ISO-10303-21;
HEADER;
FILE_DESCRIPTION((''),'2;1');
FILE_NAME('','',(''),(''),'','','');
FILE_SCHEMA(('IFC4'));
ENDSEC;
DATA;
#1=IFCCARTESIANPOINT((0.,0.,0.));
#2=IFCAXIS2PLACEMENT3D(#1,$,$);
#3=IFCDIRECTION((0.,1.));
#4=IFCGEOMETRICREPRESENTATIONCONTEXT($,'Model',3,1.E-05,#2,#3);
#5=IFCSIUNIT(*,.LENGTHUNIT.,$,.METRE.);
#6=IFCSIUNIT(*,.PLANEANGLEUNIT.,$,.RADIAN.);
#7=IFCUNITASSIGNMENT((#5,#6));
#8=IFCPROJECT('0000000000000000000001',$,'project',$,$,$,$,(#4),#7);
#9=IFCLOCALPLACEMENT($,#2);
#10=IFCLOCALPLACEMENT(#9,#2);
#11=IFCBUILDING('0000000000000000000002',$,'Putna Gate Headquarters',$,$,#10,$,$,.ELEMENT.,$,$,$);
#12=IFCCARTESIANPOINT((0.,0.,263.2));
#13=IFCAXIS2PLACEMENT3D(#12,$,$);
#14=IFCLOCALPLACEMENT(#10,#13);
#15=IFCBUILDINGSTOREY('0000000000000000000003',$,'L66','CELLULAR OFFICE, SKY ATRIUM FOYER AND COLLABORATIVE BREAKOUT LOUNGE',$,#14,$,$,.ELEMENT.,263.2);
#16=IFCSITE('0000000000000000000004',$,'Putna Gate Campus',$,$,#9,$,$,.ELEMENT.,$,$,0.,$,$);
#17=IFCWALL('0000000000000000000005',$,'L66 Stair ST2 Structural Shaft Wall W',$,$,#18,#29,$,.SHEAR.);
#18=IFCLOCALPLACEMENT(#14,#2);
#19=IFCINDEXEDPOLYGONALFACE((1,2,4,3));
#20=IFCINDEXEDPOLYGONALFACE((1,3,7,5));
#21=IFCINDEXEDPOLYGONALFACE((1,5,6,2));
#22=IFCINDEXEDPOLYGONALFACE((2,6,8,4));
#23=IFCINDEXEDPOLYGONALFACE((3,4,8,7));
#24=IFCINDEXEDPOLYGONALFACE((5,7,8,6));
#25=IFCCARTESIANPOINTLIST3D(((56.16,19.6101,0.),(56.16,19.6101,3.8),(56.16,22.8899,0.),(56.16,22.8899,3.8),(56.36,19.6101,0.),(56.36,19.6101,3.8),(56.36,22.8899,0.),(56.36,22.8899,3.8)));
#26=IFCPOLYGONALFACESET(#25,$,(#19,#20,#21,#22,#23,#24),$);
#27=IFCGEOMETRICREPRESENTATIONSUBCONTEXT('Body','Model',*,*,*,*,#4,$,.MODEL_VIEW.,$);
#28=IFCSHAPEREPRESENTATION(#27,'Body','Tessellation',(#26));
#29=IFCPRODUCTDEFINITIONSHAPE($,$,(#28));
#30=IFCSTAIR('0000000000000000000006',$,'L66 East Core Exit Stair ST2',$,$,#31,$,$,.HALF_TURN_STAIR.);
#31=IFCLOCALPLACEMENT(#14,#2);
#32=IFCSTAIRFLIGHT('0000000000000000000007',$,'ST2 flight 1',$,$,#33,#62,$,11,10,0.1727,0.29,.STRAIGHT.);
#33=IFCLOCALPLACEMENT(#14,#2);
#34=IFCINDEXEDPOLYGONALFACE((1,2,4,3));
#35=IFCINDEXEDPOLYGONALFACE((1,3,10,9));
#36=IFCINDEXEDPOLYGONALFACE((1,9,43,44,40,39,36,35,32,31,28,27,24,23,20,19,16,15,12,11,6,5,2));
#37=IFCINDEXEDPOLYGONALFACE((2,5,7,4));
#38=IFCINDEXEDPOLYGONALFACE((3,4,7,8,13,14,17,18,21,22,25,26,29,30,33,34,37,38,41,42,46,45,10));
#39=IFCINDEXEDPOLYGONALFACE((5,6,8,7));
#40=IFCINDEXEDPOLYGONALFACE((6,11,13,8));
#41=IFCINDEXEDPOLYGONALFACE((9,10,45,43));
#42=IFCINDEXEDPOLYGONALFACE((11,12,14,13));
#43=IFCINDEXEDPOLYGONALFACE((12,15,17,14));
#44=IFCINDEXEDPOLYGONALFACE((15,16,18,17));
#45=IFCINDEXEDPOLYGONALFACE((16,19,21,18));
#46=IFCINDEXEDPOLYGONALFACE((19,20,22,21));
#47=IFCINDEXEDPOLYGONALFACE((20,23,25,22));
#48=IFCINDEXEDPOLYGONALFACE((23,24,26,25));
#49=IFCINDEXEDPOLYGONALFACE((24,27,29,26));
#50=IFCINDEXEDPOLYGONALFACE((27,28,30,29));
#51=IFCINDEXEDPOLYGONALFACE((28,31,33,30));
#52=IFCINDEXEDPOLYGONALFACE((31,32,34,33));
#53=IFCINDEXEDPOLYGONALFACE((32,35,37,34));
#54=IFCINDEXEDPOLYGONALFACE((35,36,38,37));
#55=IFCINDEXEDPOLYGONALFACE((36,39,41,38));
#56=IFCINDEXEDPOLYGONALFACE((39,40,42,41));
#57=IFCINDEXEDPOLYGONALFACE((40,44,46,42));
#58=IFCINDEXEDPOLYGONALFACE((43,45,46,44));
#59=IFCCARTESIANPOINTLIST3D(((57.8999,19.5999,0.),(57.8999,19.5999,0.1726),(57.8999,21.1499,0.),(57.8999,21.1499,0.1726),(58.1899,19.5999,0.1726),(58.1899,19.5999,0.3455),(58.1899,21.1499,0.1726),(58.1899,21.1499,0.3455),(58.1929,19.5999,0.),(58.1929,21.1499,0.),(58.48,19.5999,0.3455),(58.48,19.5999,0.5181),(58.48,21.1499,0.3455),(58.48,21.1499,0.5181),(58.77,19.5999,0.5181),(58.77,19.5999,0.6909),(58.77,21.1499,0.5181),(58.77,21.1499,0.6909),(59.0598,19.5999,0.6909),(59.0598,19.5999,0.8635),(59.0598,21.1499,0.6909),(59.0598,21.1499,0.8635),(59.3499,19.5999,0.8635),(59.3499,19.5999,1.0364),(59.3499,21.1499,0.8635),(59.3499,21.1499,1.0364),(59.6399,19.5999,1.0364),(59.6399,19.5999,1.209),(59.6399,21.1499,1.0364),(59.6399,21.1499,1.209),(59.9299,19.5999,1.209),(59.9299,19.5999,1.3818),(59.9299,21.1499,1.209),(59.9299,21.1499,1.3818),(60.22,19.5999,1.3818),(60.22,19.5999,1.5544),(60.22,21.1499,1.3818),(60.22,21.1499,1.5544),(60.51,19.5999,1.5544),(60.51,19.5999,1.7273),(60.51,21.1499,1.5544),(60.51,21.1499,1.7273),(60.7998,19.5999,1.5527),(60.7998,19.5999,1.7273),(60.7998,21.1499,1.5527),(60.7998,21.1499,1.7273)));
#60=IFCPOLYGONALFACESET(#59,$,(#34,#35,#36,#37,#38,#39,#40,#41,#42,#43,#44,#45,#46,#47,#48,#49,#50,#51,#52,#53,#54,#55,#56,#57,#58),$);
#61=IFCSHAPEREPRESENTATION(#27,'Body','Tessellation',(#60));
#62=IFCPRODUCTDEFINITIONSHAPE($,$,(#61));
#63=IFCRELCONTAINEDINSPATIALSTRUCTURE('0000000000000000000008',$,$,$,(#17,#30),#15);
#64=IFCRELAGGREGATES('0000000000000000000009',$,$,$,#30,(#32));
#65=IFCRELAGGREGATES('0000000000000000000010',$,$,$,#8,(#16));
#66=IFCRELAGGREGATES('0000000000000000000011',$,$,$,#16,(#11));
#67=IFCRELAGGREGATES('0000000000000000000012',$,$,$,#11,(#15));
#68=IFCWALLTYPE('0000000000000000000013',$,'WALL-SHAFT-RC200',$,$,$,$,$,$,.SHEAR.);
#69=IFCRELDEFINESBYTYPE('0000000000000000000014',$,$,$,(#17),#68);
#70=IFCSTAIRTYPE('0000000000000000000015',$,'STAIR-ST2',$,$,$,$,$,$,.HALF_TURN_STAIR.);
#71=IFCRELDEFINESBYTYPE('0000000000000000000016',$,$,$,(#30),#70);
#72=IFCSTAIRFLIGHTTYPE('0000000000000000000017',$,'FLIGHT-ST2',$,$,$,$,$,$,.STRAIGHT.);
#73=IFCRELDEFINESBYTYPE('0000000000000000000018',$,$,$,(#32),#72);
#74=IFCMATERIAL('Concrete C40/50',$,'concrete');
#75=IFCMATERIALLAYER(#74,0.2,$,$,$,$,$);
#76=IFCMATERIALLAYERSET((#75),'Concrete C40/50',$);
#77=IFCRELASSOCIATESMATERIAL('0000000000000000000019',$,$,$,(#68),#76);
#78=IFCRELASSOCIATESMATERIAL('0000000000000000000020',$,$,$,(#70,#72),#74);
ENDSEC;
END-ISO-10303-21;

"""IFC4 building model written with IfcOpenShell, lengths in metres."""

from ifc_helpers import new_model, si_unit, direction, frame, frame_2d, origin, place, context, subcontext, project, spatial, polyline, rectangle, outline, extrude, material, layer, layer_set, type_object, element, aggregate, save


model = new_model("IFC4")

# Units and contexts
model_context = context("Model", 3, precision=1e-05, world=origin(), true_north=direction((0.0, 1.0)))
body_context = subcontext(model_context, "Body", "Model", "MODEL_VIEW")
ifc_project = project(units=[si_unit("LENGTHUNIT", "METRE"), si_unit("PLANEANGLEUNIT", "RADIAN")], contexts=[model_context])

# Site, building, storey
site_placement = place(None, origin())
site = spatial("IfcSite", under=ifc_project, at=site_placement, Name="Putna Gate Campus", CompositionType="ELEMENT", RefElevation=0.0)
building_placement = place(site_placement, origin())
building = spatial("IfcBuilding", under=site, at=building_placement, Name="Putna Gate Headquarters", CompositionType="ELEMENT")
storey_placement = place(building_placement, frame((0.0, 0.0, 263.2)))
storey = spatial("IfcBuildingStorey", under=building, at=storey_placement, Name="L66", Description="CELLULAR OFFICE, SKY ATRIUM FOYER AND COLLABORATIVE BREAKOUT LOUNGE", CompositionType="ELEMENT", Elevation=263.2)

# Shared definitions
ifc_material_1 = material(Name="Concrete C40/50", Category="concrete")

# Shared definitions
ifc_layer_1 = layer(ifc_material_1, 0.2)
ifc_layer_set_1 = layer_set([ifc_layer_1], Name="Concrete C40/50")
wall_type_1 = type_object("IfcWallType", Name="WALL-SHAFT-RC200", PredefinedType="SHEAR", material=ifc_layer_set_1)

# Wall
wall_1_placement = place(storey_placement, frame((56.26, 19.6101, 0.0), z_axis=(0.0, 0.0, 1.0), x_axis=(0.0, 1.0, 0.0)))
element("IfcWall", 1, at=wall_1_placement, inside=storey, type_object=wall_type_1, Name="L66 Stair ST2 Structural Shaft Wall W", PredefinedType="SHEAR", context=body_context, shape_type="SweptSolid", body=[
    extrude(rectangle(XDim=3.2798, YDim=0.2, at=frame_2d((1.6399, 0.0))), origin(), (0.0, 0.0, 1.0), 3.8),
])

# Stair, stair flight
stair_type = type_object("IfcStairType", Name="STAIR-ST2", PredefinedType="HALF_TURN_STAIR", material=ifc_material_1)
stair_placement = place(storey_placement, origin())
stair = element("IfcStair", 2, at=stair_placement, inside=storey, type_object=stair_type, Name="L66 East Core Exit Stair ST2", PredefinedType="HALF_TURN_STAIR")
stair_flight_type = type_object("IfcStairFlightType", Name="FLIGHT-ST2", PredefinedType="STRAIGHT", material=ifc_material_1)
stair_flight_placement = place(storey_placement, frame((57.8999, 20.375, 0.0), z_axis=(0.0, 0.0, 1.0), x_axis=(1.0, 0.0, 0.0)))
stair_flight = element("IfcStairFlight", 3, at=stair_flight_placement, type_object=stair_flight_type, Name="ST2 flight 1", NumberOfRisers=11, NumberOfTreads=10, PredefinedType="STRAIGHT", RiserHeight=0.1727, TreadLength=0.29, context=body_context, shape_type="SweptSolid", body=[
    extrude(outline(polyline([(0.0, 0.0), (0.0, 0.1726), (0.29, 0.1726), (0.29, 0.3455), (0.5801, 0.3455), (0.5801, 0.5181), (0.8701, 0.5181), (0.8701, 0.6909), (1.1599, 0.6909), (1.1599, 0.8635), (1.45, 0.8635), (1.45, 1.0364), (1.74, 1.0364), (1.74, 1.209), (2.03, 1.209), (2.03, 1.3818), (2.3201, 1.3818), (2.3201, 1.5544), (2.6101, 1.5544), (2.6101, 1.7273), (2.8999, 1.7273), (2.8999, 1.8999), (2.8999, 1.5527), (0.293, 0.0), (0.0, 0.0)])), frame((0.0, 0.7749, 0.0), z_axis=(0.0, -1.0, 0.0), x_axis=(1.0, 0.0, 0.0)), (0.0, 0.0, 1.0), 1.55),
])
aggregate(stair, [stair_flight])

save(model, "model.ifc")
